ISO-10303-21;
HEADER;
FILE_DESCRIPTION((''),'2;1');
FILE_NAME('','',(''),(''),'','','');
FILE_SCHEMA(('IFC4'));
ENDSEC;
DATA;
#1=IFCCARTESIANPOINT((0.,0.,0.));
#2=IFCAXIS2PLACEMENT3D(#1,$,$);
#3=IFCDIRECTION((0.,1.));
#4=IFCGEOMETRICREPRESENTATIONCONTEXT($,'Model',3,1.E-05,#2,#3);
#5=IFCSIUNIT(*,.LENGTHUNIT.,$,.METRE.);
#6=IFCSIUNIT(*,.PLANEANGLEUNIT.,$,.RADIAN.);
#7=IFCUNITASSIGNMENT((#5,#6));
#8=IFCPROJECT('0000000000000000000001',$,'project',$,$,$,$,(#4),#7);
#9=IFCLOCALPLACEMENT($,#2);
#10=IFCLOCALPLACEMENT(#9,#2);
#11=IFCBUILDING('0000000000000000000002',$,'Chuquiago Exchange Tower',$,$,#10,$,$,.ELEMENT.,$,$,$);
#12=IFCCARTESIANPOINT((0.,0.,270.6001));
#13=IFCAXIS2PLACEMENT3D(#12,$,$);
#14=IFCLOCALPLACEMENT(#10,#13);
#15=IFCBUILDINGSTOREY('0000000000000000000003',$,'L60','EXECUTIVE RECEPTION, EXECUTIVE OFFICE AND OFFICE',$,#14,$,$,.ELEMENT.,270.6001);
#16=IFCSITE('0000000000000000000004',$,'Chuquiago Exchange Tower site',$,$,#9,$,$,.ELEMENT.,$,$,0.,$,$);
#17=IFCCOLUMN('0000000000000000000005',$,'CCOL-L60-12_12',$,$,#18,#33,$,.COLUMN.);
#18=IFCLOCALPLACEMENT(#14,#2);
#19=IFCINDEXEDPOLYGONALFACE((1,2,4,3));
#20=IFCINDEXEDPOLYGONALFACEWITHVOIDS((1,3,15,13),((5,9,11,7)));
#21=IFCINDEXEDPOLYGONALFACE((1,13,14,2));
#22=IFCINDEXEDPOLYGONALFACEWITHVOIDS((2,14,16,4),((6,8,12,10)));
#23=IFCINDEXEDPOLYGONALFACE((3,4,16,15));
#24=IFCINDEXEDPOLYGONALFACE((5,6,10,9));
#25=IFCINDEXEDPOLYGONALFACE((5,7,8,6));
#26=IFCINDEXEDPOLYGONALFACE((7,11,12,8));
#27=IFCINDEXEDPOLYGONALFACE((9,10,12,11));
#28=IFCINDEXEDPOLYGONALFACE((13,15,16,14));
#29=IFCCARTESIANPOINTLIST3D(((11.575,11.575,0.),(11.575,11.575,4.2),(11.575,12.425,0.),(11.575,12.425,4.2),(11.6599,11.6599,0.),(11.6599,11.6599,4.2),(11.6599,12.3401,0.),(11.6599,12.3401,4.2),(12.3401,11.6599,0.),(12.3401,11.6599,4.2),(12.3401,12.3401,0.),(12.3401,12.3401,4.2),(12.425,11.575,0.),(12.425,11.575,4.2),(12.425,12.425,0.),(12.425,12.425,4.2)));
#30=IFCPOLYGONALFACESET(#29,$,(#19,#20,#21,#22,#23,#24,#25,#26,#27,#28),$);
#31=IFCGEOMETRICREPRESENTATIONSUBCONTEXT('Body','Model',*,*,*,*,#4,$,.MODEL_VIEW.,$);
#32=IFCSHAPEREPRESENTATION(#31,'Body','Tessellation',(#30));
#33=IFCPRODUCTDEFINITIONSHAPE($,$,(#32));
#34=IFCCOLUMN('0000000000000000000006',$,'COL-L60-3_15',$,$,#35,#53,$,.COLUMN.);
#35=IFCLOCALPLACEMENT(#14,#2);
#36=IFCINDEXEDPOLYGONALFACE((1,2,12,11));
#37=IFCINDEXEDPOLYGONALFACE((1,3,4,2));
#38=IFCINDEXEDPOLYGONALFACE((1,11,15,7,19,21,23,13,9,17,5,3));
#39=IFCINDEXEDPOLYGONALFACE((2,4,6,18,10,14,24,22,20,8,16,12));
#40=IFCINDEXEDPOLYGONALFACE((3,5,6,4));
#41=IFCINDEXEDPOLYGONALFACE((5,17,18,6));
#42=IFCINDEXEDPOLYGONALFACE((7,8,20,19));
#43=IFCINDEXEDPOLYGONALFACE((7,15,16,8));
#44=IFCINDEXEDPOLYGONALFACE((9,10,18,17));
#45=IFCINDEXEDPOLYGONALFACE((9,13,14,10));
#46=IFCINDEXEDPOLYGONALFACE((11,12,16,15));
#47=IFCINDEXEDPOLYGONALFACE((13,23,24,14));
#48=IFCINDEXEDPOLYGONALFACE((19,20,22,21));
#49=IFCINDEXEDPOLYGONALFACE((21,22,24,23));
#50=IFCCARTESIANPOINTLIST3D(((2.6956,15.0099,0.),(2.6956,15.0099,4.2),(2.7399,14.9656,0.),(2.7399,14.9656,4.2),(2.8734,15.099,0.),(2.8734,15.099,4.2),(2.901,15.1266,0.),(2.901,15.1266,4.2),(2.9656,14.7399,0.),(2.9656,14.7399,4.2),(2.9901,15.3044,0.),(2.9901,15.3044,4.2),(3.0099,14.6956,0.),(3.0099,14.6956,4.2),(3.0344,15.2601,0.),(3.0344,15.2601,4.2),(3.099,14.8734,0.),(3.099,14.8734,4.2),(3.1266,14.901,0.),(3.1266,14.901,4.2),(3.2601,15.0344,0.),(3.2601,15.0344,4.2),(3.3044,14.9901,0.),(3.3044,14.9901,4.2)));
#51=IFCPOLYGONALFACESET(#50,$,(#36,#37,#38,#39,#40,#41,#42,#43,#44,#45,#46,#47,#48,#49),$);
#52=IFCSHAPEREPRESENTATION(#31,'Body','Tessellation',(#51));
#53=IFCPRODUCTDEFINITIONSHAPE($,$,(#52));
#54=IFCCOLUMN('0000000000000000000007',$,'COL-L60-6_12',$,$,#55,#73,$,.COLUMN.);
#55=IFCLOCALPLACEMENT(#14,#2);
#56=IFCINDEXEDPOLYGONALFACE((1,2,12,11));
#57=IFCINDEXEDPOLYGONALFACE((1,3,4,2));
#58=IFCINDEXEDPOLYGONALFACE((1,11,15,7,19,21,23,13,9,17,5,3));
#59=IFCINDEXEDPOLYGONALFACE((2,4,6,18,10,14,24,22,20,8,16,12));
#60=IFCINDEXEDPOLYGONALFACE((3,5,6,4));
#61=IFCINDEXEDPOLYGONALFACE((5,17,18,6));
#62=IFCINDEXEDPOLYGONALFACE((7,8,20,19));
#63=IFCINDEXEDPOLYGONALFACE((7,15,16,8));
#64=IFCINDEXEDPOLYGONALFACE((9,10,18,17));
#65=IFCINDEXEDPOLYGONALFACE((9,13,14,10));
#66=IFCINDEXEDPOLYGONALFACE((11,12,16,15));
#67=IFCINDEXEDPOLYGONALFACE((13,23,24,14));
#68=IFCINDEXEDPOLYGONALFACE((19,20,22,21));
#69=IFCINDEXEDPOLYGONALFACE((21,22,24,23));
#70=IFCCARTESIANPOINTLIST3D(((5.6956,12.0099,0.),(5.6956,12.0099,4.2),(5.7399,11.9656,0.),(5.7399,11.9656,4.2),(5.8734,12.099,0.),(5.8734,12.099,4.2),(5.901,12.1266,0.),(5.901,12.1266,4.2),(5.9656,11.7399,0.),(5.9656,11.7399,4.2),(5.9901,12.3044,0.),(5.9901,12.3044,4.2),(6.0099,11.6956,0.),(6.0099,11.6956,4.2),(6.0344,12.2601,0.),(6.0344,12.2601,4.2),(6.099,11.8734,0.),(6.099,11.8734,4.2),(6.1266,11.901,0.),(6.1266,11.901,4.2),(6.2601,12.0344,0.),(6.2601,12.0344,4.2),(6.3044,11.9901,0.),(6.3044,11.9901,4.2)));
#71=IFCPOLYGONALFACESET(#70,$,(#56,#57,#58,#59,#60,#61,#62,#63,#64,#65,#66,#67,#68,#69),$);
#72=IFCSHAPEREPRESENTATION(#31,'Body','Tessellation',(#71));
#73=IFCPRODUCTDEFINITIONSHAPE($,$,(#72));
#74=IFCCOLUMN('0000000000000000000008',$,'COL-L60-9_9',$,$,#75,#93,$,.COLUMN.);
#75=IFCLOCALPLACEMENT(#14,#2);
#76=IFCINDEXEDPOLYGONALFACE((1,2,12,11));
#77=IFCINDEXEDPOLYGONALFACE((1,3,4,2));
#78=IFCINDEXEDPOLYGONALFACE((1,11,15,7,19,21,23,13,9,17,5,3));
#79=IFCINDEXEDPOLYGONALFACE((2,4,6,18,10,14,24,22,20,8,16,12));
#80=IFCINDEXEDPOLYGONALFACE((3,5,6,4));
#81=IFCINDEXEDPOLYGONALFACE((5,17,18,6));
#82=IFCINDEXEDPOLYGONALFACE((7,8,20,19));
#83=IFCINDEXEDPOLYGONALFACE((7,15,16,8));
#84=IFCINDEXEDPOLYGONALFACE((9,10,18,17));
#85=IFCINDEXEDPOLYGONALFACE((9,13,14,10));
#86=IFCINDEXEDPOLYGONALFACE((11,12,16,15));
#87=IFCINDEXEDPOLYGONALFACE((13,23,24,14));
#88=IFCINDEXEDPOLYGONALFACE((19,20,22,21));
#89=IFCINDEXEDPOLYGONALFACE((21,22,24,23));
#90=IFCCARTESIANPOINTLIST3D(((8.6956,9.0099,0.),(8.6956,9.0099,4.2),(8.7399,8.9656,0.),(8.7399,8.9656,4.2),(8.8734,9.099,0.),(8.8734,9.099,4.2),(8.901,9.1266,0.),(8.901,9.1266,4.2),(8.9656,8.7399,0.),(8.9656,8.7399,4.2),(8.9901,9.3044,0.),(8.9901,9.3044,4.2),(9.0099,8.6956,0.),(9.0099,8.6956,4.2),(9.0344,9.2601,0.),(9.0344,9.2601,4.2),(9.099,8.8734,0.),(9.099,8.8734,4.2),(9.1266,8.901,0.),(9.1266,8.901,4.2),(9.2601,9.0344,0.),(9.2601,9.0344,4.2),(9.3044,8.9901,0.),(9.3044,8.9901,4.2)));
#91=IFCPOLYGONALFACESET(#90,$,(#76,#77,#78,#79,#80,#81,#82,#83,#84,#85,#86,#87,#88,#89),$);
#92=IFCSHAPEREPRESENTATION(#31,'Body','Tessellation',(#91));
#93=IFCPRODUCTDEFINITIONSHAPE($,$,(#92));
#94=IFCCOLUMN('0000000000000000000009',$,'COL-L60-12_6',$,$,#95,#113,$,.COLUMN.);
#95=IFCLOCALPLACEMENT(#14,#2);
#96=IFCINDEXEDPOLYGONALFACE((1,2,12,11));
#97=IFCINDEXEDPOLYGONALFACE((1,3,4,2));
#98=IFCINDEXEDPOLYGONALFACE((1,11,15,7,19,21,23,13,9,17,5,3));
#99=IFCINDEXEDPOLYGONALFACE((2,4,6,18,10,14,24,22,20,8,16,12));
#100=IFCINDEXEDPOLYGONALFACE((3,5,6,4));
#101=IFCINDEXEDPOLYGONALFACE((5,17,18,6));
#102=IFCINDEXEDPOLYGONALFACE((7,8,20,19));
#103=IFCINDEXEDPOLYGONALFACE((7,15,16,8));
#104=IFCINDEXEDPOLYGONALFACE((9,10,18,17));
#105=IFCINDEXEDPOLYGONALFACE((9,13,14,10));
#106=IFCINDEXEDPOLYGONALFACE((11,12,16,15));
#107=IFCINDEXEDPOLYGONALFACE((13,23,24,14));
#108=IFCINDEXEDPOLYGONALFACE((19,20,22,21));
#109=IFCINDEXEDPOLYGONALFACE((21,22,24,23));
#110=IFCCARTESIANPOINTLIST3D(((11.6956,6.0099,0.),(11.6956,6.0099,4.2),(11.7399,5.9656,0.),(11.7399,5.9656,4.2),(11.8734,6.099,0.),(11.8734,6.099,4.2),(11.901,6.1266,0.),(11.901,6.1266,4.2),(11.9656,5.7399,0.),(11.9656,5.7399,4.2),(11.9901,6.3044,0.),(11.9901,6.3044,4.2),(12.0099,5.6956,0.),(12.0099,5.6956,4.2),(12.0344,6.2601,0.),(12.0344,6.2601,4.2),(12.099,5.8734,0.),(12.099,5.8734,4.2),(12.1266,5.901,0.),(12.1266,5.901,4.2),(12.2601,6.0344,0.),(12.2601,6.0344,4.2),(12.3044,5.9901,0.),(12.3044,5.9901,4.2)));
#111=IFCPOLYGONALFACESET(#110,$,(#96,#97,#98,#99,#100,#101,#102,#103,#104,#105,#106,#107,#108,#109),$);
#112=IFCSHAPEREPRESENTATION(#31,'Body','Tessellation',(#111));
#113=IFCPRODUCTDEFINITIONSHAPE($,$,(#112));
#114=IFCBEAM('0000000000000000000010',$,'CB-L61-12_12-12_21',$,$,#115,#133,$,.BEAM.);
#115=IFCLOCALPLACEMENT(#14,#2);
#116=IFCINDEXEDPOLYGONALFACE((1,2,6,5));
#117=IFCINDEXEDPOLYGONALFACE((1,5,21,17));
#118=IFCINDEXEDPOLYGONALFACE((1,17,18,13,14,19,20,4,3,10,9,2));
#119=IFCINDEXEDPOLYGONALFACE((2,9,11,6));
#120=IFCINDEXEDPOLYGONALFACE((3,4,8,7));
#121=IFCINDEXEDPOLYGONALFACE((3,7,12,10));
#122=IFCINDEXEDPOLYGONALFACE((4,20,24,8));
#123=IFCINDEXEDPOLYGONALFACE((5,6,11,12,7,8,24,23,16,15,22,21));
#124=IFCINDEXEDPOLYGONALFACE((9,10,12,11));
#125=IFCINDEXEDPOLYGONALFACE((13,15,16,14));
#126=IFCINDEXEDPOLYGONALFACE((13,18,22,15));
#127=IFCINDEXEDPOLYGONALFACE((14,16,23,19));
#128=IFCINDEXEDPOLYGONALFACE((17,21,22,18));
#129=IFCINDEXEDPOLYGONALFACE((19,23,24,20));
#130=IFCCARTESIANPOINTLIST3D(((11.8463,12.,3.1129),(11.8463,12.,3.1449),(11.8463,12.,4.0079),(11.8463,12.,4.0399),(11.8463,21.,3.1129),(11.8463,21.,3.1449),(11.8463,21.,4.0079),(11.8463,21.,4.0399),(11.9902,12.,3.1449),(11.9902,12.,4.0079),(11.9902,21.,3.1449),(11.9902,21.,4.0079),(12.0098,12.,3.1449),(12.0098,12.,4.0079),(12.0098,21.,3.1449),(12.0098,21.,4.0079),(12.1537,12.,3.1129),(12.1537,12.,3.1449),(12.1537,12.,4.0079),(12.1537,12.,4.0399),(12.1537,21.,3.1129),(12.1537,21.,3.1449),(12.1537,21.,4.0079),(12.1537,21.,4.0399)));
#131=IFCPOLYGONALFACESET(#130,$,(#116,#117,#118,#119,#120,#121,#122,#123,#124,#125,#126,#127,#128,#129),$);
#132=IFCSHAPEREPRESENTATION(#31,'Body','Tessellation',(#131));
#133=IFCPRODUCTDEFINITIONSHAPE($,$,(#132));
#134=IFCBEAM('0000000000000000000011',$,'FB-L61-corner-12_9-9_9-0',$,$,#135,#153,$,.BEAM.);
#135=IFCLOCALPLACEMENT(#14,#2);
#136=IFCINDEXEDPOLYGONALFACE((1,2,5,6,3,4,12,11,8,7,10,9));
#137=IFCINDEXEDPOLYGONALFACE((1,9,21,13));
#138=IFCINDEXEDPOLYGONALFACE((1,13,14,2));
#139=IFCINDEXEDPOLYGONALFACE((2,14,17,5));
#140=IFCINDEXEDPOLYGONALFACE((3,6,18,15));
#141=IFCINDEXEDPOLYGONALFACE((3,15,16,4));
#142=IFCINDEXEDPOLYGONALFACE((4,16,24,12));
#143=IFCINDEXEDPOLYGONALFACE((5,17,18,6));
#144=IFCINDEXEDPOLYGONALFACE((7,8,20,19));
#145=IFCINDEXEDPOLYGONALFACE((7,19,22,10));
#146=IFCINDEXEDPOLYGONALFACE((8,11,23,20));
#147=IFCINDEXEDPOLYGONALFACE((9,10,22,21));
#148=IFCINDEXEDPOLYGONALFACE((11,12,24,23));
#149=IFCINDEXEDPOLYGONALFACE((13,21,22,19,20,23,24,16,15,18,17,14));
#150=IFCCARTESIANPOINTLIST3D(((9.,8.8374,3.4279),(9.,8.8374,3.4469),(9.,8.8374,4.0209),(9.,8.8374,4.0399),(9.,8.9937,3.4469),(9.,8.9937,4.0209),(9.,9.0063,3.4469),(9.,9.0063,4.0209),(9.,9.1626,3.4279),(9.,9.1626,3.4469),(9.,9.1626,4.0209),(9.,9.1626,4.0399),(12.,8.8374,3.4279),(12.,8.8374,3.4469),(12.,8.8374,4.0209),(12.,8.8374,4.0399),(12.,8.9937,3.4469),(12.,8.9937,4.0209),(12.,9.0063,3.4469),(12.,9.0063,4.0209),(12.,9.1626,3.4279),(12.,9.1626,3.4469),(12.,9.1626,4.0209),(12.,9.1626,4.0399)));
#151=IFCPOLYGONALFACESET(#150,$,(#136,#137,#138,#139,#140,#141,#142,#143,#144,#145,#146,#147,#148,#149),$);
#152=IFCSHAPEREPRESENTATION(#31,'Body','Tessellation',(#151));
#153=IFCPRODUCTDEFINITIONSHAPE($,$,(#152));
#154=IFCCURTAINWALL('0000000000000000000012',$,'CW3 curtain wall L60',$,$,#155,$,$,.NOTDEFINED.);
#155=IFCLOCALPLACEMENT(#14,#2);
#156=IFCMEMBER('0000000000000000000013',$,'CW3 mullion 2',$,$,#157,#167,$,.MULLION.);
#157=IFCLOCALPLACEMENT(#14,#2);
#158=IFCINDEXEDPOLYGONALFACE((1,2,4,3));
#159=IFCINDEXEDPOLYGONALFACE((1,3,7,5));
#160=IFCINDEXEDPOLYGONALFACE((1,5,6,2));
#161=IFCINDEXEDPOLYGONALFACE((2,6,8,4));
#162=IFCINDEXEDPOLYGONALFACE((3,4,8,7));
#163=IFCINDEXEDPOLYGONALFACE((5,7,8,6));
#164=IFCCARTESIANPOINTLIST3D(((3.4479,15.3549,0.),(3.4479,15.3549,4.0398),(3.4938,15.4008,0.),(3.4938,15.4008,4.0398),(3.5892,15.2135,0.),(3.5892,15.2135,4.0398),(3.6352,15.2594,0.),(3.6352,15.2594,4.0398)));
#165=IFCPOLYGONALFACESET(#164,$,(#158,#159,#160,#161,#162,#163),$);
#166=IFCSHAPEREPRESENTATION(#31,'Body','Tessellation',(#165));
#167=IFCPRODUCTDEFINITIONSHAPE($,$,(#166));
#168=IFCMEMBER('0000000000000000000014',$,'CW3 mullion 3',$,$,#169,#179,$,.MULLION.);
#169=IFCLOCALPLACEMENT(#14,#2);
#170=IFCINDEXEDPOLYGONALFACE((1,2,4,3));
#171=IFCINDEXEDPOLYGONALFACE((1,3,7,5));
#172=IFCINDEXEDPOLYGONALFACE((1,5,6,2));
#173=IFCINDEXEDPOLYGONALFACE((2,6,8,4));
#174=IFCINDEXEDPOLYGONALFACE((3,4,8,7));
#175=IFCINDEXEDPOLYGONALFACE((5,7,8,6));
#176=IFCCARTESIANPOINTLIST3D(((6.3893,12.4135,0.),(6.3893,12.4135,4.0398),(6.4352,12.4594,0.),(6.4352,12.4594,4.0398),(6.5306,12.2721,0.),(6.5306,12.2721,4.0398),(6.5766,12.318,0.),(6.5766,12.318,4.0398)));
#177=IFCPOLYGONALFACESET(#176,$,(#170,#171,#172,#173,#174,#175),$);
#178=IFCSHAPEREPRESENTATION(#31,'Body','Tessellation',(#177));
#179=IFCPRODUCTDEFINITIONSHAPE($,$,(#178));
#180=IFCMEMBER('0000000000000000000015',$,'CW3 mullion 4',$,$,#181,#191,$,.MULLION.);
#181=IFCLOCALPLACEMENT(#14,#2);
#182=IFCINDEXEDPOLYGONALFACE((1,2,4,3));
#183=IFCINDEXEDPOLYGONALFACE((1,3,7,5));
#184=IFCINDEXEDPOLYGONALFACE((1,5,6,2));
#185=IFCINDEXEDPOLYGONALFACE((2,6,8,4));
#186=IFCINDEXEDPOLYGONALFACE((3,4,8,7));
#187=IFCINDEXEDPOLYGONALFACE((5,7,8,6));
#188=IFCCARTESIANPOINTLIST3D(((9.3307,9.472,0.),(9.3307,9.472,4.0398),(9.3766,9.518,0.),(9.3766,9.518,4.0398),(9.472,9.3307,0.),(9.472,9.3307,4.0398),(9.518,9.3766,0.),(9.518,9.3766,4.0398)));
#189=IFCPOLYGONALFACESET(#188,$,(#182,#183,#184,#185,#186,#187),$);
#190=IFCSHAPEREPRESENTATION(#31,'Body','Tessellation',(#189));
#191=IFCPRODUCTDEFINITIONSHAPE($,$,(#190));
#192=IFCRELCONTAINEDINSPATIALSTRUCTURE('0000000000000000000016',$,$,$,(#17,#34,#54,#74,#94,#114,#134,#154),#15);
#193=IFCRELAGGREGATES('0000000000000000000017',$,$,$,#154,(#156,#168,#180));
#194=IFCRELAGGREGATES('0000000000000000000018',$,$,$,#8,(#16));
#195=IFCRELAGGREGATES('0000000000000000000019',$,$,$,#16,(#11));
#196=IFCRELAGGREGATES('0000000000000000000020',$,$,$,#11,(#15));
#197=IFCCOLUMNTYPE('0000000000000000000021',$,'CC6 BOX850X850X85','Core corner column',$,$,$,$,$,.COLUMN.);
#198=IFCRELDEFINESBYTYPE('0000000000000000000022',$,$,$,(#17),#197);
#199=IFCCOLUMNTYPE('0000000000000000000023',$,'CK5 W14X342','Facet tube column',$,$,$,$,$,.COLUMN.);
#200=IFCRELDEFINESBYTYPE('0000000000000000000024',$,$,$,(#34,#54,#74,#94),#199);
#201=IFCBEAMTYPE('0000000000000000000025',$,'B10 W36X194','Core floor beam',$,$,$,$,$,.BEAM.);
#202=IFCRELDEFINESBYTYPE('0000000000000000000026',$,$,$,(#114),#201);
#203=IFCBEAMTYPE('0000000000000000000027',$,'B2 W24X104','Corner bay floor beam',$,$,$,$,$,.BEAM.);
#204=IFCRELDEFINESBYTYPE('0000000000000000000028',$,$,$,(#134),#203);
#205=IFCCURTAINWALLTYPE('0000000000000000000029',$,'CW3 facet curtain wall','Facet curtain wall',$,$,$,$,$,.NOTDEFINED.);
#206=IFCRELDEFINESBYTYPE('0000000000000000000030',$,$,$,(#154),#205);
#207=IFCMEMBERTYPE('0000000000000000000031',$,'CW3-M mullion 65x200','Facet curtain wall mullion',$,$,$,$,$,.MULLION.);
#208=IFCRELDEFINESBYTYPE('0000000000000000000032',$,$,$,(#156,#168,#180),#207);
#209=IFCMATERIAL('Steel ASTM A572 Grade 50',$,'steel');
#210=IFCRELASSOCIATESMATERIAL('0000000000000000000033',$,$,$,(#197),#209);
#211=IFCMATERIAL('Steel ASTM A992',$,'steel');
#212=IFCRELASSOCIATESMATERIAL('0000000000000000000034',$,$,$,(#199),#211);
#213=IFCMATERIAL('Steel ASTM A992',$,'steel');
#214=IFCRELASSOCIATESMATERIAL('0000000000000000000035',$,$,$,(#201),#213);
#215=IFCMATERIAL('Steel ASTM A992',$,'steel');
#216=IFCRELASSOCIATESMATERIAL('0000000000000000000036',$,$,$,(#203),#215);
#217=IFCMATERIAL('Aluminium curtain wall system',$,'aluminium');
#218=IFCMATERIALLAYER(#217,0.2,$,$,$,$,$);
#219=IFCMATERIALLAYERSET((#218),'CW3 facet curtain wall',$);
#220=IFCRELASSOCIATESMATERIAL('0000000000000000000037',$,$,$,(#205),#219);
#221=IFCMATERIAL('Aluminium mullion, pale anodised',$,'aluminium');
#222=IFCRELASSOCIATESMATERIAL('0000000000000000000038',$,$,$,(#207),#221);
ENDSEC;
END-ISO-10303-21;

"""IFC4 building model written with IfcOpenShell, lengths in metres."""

from ifc_helpers import new_model, si_unit, direction, frame, origin, origin_2d, place, context, subcontext, project, spatial, rectangle, hollow_rectangle, i_section, extrude, material, layer, layer_set, material_profile, profile_set, type_object, element, aggregate, save


model = new_model("IFC4")

# Units and contexts
model_context = context("Model", 3, precision=1e-05, world=origin(), true_north=direction((0.0, 1.0)))
body_context = subcontext(model_context, "Body", "Model", "MODEL_VIEW")
ifc_project = project(units=[si_unit("LENGTHUNIT", "METRE"), si_unit("PLANEANGLEUNIT", "RADIAN")], contexts=[model_context])

# Site, building, storey
site_placement = place(None, origin())
site = spatial("IfcSite", under=ifc_project, at=site_placement, Name="Chuquiago Exchange Tower site", CompositionType="ELEMENT", RefElevation=0.0)
building_placement = place(site_placement, origin())
building = spatial("IfcBuilding", under=site, at=building_placement, Name="Chuquiago Exchange Tower", CompositionType="ELEMENT")
storey_placement = place(building_placement, frame((0.0, 0.0, 270.6001)))
storey = spatial("IfcBuildingStorey", under=building, at=storey_placement, Name="L60", Description="EXECUTIVE RECEPTION, EXECUTIVE OFFICE AND OFFICE", CompositionType="ELEMENT", Elevation=270.6001)

# Columns
ifc_material_1 = material(Name="Steel ASTM A572 Grade 50", Category="steel")
ifc_material_profile_1 = material_profile(ifc_material_1, hollow_rectangle(XDim=0.8501, YDim=0.8501, WallThickness=0.085, at=origin_2d()), Name="BOX850X850X85")
ifc_profile_set_1 = profile_set([ifc_material_profile_1], Name="Steel ASTM A572 Grade 50")
column_type_1 = type_object("IfcColumnType", Name="CC6 BOX850X850X85", Description="Core corner column", PredefinedType="COLUMN", material=ifc_profile_set_1)
column_placement = place(storey_placement, frame((12.0, 12.0, 0.0), z_axis=(0.0, 0.0, 1.0), x_axis=(1.0, 0.0, 0.0)))
element("IfcColumn", 1, at=column_placement, inside=storey, type_object=column_type_1, Name="CCOL-L60-12_12", PredefinedType="COLUMN", context=body_context, shape_type="SweptSolid", body=[
    extrude(hollow_rectangle(XDim=0.8501, YDim=0.8501, WallThickness=0.085, at=origin_2d()), origin(), (0.0, 0.0, 1.0), 4.2),
])
ifc_material_2 = material(Name="Steel ASTM A992", Category="steel")
ifc_material_profile_2 = material_profile(ifc_material_2, i_section(OverallWidth=0.4165, OverallDepth=0.4446, WebThickness=0.0391, FlangeThickness=0.0627, at=origin_2d()), Name="W14X342")
ifc_profile_set_2 = profile_set([ifc_material_profile_2], Name="Steel ASTM A992")
column_type_2 = type_object("IfcColumnType", Name="CK5 W14X342", Description="Facet tube column", PredefinedType="COLUMN", material=ifc_profile_set_2)
for number, where, z_axis, x_axis, name in (
    (2, (3.0, 15.0, 0.0), (0.0, 0.0, 1.0), (-0.707107, -0.707107, 0.0), "COL-L60-3_15"),
    (3, (6.0, 12.0, 0.0), (0.0, 0.0, 1.0), (-0.707107, -0.707107, 0.0), "COL-L60-6_12"),
    (4, (9.0, 9.0, 0.0), (0.0, 0.0, 1.0), (-0.707107, -0.707107, 0.0), "COL-L60-9_9"),
    (5, (12.0, 6.0, 0.0), (0.0, 0.0, 1.0), (-0.707107, -0.707107, 0.0), "COL-L60-12_6"),
):
    element("IfcColumn", number, at=place(storey_placement, frame(where, z_axis=z_axis, x_axis=x_axis)), inside=storey, type_object=column_type_2, Name=name, PredefinedType="COLUMN", context=body_context, shape_type="SweptSolid", body=[
        extrude(i_section(OverallWidth=0.4165, OverallDepth=0.4446, WebThickness=0.0391, FlangeThickness=0.0627, at=origin_2d()), origin(), (0.0, 0.0, 1.0), 4.2),
    ])

# Beams
ifc_material_3 = material(Name="Steel ASTM A992", Category="steel")
ifc_material_profile_3 = material_profile(ifc_material_3, i_section(OverallWidth=0.3074, OverallDepth=0.927, WebThickness=0.0195, FlangeThickness=0.032, at=origin_2d()), Name="W36X194")
ifc_profile_set_3 = profile_set([ifc_material_profile_3], Name="Steel ASTM A992")
beam_type_1 = type_object("IfcBeamType", Name="B10 W36X194", Description="Core floor beam", PredefinedType="BEAM", material=ifc_profile_set_3)
beam_1_placement = place(storey_placement, frame((12.0, 12.0, 3.5764), z_axis=(0.0, 1.0, 0.0), x_axis=(-1.0, 0.0, 0.0)))
element("IfcBeam", 6, at=beam_1_placement, inside=storey, type_object=beam_type_1, Name="CB-L61-12_12-12_21", PredefinedType="BEAM", context=body_context, shape_type="SweptSolid", body=[
    extrude(i_section(OverallWidth=0.3074, OverallDepth=0.927, WebThickness=0.0195, FlangeThickness=0.032, at=origin_2d()), origin(), (0.0, 0.0, 1.0), 9.0),
])
ifc_material_4 = material(Name="Steel ASTM A992", Category="steel")
ifc_material_profile_4 = material_profile(ifc_material_4, i_section(OverallWidth=0.3252, OverallDepth=0.6121, WebThickness=0.0127, FlangeThickness=0.019, at=origin_2d()), Name="W24X104")
ifc_profile_set_4 = profile_set([ifc_material_profile_4], Name="Steel ASTM A992")
beam_type_2 = type_object("IfcBeamType", Name="B2 W24X104", Description="Corner bay floor beam", PredefinedType="BEAM", material=ifc_profile_set_4)
beam_2_placement = place(storey_placement, frame((12.0, 9.0, 3.7339), z_axis=(-1.0, 0.0, 0.0), x_axis=(0.0, -1.0, 0.0)))
element("IfcBeam", 7, at=beam_2_placement, inside=storey, type_object=beam_type_2, Name="FB-L61-corner-12_9-9_9-0", PredefinedType="BEAM", context=body_context, shape_type="SweptSolid", body=[
    extrude(i_section(OverallWidth=0.3252, OverallDepth=0.6121, WebThickness=0.0127, FlangeThickness=0.019, at=origin_2d()), origin(), (0.0, 0.0, 1.0), 3.0),
])

# Curtain wall, members
ifc_material_5 = material(Name="Aluminium curtain wall system", Category="aluminium")
ifc_layer_1 = layer(ifc_material_5, 0.2)
ifc_layer_set_1 = layer_set([ifc_layer_1], Name="CW3 facet curtain wall")
curtain_wall_type = type_object("IfcCurtainWallType", Name="CW3 facet curtain wall", Description="Facet curtain wall", PredefinedType="NOTDEFINED", material=ifc_layer_set_1)
curtain_wall_placement = place(storey_placement, origin())
curtain_wall = element("IfcCurtainWall", 8, at=curtain_wall_placement, inside=storey, type_object=curtain_wall_type, Name="CW3 curtain wall L60", PredefinedType="NOTDEFINED")
ifc_material_6 = material(Name="Aluminium mullion, pale anodised", Category="aluminium")
ifc_material_profile_5 = material_profile(ifc_material_6, rectangle(XDim=0.0649, YDim=0.2, at=origin_2d()), Name="AL 65x200")
ifc_profile_set_5 = profile_set([ifc_material_profile_5], Name="Aluminium mullion, pale anodised")
member_type_1 = type_object("IfcMemberType", Name="CW3-M mullion 65x200", Description="Facet curtain wall mullion", PredefinedType="MULLION", material=ifc_profile_set_5)
member_1_placement = place(storey_placement, frame((3.5415, 15.3071, 0.0), z_axis=(0.0, 0.0, 1.0), x_axis=(0.707107, 0.707107, 0.0)))
member_1 = element("IfcMember", 9, at=member_1_placement, type_object=member_type_1, Name="CW3 mullion 2", PredefinedType="MULLION", context=body_context, shape_type="SweptSolid", body=[
    extrude(rectangle(XDim=0.0649, YDim=0.2, at=origin_2d()), origin(), (0.0, 0.0, 1.0), 4.0398),
])
member_2_placement = place(storey_placement, frame((6.4829, 12.3657, 0.0), z_axis=(0.0, 0.0, 1.0), x_axis=(0.707107, 0.707107, 0.0)))
member_2 = element("IfcMember", 10, at=member_2_placement, type_object=member_type_1, Name="CW3 mullion 3", PredefinedType="MULLION", context=body_context, shape_type="SweptSolid", body=[
    extrude(rectangle(XDim=0.0649, YDim=0.2, at=origin_2d()), origin(), (0.0, 0.0, 1.0), 4.0398),
])
member_3_placement = place(storey_placement, frame((9.4243, 9.4243, 0.0), z_axis=(0.0, 0.0, 1.0), x_axis=(0.707107, 0.707107, 0.0)))
member_3 = element("IfcMember", 11, at=member_3_placement, type_object=member_type_1, Name="CW3 mullion 4", PredefinedType="MULLION", context=body_context, shape_type="SweptSolid", body=[
    extrude(rectangle(XDim=0.0649, YDim=0.2, at=origin_2d()), origin(), (0.0, 0.0, 1.0), 4.0398),
])

aggregate(curtain_wall, [member_1, member_2, member_3])

save(model, "model.ifc")
